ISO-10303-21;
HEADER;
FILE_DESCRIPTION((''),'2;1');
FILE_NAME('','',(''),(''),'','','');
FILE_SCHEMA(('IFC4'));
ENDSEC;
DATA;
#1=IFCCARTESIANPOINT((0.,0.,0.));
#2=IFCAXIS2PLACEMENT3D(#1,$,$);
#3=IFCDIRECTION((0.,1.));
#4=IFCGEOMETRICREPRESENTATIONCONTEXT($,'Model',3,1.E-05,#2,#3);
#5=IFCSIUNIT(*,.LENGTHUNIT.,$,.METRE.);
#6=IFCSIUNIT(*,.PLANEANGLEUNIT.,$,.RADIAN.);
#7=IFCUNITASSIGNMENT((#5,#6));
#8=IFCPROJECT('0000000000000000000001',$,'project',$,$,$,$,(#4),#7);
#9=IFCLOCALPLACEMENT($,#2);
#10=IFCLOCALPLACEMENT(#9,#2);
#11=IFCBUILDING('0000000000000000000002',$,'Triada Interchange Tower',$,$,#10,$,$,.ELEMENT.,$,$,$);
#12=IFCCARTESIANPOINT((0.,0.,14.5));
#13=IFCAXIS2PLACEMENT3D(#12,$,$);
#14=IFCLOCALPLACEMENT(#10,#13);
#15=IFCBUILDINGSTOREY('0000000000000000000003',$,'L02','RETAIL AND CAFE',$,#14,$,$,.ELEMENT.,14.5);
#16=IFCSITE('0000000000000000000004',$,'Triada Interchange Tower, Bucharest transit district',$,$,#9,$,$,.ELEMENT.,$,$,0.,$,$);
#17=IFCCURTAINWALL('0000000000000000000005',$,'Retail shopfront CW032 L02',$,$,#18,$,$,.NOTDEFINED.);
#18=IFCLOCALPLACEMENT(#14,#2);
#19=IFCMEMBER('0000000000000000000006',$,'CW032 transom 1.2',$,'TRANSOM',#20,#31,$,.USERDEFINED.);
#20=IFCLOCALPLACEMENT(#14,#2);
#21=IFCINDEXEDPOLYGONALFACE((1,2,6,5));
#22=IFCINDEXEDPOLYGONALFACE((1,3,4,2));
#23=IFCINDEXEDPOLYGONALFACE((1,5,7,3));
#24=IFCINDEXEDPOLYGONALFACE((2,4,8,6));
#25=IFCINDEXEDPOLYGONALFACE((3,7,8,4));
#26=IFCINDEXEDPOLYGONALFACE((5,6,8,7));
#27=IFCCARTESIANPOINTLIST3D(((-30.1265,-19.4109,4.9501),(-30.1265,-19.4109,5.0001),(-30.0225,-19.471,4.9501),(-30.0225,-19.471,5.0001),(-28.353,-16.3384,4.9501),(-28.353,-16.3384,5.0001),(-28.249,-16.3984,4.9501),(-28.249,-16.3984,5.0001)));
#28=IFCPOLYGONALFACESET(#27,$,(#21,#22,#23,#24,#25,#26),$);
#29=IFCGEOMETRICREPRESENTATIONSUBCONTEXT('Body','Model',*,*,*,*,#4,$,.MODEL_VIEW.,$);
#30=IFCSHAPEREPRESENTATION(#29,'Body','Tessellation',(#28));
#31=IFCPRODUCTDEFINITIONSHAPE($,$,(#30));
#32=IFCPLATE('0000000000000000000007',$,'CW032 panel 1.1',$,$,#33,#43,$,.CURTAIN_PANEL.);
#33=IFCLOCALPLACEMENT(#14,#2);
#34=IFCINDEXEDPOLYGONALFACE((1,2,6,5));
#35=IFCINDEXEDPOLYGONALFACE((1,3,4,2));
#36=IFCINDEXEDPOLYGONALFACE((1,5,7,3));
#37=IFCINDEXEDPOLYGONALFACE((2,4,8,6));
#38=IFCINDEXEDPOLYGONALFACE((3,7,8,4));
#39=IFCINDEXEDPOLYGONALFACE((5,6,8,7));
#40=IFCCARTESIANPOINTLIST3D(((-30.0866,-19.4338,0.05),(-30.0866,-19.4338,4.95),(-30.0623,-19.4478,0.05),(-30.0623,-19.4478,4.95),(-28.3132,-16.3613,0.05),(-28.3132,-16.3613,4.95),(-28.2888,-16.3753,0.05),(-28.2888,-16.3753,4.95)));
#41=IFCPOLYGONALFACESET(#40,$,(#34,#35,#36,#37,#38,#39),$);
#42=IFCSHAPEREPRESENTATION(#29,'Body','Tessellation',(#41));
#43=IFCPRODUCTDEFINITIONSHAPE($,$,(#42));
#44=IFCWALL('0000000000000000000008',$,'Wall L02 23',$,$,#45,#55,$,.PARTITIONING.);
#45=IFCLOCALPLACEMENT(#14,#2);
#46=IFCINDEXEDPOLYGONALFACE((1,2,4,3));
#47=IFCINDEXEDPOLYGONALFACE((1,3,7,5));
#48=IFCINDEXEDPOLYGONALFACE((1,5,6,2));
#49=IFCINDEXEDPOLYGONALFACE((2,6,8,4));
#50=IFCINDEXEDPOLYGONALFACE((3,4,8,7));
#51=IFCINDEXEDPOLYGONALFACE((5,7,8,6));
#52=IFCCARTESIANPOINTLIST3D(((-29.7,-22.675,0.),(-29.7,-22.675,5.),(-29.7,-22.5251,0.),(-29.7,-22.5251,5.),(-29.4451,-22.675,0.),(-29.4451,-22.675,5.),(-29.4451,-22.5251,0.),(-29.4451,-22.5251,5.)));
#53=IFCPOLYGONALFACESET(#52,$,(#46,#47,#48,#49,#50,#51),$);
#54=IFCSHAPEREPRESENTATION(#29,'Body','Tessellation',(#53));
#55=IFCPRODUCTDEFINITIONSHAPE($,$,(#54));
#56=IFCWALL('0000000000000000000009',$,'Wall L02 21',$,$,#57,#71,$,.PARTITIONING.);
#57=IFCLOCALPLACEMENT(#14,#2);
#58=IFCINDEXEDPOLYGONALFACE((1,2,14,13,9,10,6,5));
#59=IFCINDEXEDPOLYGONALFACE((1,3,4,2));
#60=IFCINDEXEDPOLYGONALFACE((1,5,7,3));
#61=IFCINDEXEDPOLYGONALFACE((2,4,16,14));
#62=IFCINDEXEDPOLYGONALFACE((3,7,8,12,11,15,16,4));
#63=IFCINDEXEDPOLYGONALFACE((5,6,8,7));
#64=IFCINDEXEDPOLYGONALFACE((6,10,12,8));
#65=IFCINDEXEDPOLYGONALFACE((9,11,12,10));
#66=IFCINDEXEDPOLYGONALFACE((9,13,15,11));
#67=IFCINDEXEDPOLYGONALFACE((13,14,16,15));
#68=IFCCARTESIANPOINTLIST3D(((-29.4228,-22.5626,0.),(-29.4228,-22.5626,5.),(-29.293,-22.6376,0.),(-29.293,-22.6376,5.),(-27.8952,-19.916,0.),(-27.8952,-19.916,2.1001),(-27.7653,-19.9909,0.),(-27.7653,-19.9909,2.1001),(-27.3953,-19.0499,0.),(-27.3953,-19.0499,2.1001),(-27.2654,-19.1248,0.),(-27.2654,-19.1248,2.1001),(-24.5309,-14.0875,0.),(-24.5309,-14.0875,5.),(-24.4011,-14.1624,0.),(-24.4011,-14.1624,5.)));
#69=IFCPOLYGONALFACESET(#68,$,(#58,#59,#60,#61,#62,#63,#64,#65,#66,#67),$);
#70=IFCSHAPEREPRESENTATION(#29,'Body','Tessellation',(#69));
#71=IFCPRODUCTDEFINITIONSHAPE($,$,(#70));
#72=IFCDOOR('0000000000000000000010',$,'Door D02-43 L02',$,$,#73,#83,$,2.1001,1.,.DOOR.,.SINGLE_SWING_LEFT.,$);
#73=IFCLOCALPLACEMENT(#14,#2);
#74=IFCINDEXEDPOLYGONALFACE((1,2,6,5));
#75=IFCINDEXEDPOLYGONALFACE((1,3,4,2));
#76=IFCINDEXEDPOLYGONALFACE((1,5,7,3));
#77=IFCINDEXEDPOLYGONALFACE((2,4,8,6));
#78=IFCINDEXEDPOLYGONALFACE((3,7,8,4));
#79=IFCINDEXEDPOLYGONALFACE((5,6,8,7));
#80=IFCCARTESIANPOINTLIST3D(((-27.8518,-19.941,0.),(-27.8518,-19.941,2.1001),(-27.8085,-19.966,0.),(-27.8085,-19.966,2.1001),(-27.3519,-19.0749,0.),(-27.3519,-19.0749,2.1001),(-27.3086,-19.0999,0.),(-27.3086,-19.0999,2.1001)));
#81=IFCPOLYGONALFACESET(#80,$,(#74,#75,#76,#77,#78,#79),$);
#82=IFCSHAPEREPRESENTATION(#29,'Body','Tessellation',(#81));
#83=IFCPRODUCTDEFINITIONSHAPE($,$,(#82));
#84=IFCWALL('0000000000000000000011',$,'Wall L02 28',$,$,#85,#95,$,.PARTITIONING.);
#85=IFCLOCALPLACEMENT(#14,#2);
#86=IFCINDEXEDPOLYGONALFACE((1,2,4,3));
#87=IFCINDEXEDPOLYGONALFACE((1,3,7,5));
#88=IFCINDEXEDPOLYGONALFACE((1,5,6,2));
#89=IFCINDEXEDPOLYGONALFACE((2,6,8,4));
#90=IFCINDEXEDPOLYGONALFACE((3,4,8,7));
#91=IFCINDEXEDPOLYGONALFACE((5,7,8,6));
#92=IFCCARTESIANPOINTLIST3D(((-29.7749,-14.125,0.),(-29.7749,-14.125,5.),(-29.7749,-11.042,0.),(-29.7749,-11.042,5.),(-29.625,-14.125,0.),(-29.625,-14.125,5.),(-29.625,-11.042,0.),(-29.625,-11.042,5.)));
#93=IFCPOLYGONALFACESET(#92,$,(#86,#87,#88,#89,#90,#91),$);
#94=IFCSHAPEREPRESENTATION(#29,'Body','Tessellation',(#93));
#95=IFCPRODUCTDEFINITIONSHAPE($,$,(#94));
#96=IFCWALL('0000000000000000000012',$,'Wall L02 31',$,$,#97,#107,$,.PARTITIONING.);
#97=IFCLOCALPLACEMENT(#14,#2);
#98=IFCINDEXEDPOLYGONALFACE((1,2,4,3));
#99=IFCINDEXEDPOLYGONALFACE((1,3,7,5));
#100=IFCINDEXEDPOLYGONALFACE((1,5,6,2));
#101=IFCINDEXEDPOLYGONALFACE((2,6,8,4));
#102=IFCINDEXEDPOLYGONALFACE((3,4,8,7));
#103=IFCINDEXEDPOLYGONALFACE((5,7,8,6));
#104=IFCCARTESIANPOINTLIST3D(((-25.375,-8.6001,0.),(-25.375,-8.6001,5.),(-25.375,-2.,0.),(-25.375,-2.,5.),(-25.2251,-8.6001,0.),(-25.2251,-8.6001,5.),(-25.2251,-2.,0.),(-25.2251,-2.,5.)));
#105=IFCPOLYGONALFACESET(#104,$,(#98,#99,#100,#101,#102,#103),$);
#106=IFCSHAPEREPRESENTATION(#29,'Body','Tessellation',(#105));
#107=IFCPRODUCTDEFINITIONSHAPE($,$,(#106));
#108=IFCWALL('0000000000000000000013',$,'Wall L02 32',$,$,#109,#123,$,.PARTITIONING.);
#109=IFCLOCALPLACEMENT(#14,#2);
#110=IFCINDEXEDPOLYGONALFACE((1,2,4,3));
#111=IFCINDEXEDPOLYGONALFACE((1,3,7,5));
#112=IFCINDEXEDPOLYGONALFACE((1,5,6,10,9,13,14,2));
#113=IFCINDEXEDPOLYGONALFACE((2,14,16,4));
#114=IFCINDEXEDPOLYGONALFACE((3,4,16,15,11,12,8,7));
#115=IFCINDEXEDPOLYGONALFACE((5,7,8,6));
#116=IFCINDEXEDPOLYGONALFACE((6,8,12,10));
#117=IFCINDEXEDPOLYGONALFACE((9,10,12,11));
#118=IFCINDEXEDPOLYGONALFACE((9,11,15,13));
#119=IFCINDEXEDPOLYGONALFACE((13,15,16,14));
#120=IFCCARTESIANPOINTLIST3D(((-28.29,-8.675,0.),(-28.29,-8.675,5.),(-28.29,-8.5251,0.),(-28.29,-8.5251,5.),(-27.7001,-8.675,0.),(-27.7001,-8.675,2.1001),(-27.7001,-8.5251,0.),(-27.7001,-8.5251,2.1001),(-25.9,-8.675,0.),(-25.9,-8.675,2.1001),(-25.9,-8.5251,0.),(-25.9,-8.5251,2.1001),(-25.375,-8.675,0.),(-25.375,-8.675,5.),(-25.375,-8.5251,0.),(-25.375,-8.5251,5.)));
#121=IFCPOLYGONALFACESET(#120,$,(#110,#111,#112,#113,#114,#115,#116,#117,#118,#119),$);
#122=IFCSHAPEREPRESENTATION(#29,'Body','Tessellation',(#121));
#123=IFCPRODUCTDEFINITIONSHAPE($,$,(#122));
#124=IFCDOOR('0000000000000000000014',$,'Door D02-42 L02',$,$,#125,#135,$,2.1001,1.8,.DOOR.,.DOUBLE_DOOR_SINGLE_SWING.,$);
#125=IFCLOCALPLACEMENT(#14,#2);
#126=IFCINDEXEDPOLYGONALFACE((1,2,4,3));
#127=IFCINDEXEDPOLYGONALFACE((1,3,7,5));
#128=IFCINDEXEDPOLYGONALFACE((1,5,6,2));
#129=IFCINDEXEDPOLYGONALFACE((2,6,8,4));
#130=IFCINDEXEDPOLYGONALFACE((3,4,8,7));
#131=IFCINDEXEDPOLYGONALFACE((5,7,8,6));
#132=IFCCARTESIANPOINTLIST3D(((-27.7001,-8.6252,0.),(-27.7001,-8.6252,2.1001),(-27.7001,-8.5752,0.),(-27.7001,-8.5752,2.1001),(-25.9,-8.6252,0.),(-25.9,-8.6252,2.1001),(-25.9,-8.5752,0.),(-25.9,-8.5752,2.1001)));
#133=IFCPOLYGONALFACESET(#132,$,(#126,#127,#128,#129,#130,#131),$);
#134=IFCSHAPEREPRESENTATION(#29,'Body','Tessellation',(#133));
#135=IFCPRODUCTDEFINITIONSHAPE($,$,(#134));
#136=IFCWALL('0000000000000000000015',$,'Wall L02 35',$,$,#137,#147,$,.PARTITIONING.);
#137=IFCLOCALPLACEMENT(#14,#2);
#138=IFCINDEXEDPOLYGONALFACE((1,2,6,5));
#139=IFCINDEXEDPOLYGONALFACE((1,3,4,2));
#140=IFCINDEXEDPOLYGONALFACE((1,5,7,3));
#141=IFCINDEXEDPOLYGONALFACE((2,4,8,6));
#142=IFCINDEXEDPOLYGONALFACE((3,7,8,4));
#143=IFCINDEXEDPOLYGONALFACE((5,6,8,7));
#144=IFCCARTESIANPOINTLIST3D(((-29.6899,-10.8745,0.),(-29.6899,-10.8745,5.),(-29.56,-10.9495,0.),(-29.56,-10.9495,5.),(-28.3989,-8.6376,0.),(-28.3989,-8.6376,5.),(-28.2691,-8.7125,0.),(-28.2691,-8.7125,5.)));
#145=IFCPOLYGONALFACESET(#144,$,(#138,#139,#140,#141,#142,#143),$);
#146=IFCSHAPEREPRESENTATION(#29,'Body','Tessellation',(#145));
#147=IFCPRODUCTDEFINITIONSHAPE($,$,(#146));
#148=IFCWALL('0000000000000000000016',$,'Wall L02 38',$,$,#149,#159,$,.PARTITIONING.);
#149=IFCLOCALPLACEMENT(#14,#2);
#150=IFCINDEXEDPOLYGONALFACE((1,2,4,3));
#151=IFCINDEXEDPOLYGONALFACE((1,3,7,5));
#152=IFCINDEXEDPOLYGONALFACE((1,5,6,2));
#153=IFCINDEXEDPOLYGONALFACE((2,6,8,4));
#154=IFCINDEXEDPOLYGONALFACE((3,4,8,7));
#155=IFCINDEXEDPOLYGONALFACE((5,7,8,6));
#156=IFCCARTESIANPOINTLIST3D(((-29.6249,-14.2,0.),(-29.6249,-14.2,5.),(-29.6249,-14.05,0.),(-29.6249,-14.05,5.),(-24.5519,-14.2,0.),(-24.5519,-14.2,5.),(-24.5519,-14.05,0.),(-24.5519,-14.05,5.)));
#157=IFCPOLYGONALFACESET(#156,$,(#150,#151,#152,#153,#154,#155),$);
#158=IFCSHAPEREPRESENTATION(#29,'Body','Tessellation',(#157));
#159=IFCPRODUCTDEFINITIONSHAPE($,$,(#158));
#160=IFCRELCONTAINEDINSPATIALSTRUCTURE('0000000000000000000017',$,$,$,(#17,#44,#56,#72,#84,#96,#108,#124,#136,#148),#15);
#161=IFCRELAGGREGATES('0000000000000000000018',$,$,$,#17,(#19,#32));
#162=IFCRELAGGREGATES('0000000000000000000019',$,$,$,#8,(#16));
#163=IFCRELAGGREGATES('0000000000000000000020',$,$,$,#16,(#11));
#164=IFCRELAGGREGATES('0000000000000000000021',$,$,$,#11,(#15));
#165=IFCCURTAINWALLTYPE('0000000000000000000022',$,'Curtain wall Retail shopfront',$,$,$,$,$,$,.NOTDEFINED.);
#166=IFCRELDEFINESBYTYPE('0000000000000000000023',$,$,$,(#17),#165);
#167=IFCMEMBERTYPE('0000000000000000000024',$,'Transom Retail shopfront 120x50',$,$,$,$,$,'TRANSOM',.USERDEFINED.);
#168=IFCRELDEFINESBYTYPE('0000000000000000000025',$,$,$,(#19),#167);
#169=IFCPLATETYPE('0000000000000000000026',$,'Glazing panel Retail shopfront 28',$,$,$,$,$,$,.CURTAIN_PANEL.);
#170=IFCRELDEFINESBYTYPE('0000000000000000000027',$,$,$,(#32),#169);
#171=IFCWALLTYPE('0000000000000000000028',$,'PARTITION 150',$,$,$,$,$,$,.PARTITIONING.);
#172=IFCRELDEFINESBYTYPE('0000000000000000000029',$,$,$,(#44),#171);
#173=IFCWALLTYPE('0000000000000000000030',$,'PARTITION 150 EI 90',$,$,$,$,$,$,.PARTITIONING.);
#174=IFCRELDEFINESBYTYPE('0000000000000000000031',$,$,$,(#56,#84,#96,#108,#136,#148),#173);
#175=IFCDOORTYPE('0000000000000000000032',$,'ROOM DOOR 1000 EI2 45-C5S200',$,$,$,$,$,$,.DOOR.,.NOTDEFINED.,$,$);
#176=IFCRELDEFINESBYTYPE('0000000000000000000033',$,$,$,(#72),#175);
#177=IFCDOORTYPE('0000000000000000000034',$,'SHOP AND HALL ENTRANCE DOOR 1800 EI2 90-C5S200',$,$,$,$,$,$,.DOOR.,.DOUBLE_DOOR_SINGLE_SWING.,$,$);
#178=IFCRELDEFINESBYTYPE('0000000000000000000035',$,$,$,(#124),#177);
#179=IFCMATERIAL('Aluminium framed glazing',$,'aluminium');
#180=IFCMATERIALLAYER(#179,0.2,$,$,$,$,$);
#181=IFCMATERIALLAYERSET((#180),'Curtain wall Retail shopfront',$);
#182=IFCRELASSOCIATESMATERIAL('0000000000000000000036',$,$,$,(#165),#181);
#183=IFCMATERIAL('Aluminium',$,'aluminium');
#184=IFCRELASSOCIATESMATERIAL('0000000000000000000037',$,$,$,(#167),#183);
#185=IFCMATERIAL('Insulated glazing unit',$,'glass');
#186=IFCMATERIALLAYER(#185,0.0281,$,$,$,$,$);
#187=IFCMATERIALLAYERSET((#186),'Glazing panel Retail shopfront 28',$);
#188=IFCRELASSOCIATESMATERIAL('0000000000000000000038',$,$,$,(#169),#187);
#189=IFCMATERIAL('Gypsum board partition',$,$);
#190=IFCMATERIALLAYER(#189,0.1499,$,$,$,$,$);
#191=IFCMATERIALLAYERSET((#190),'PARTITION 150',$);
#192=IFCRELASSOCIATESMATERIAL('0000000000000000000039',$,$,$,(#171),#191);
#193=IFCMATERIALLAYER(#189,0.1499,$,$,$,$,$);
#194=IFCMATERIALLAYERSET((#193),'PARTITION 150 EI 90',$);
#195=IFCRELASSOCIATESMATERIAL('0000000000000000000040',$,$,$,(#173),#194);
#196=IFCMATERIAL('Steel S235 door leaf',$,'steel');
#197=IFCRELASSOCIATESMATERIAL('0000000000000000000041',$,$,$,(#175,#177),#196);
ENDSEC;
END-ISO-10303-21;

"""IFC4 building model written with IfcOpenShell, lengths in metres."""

from ifc_helpers import new_model, si_unit, direction, frame, frame_2d, origin, origin_2d, place, context, subcontext, project, spatial, rectangle, extrude, material, layer, layer_set, material_profile, profile_set, type_object, element, fill, aggregate, save


model = new_model("IFC4")

# Units and contexts
model_context = context("Model", 3, precision=1e-05, world=origin(), true_north=direction((0.0, 1.0)))
body_context = subcontext(model_context, "Body", "Model", "MODEL_VIEW")
ifc_project = project(units=[si_unit("LENGTHUNIT", "METRE"), si_unit("PLANEANGLEUNIT", "RADIAN")], contexts=[model_context])

# Site, building, storey
site_placement = place(None, origin())
site = spatial("IfcSite", under=ifc_project, at=site_placement, Name="Triada Interchange Tower, Bucharest transit district", CompositionType="ELEMENT", RefElevation=0.0)
building_placement = place(site_placement, origin())
building = spatial("IfcBuilding", under=site, at=building_placement, Name="Triada Interchange Tower", CompositionType="ELEMENT")
storey_placement = place(building_placement, frame((0.0, 0.0, 14.5)))
storey = spatial("IfcBuildingStorey", under=building, at=storey_placement, Name="L02", Description="RETAIL AND CAFE", CompositionType="ELEMENT", Elevation=14.5)

# Curtain wall
ifc_material_1 = material(Name="Aluminium framed glazing", Category="aluminium")
ifc_layer_1 = layer(ifc_material_1, 0.2)
ifc_layer_set_1 = layer_set([ifc_layer_1], Name="Curtain wall Retail shopfront")
curtain_wall_type = type_object("IfcCurtainWallType", Name="Curtain wall Retail shopfront", PredefinedType="NOTDEFINED", material=ifc_layer_set_1)
ifc_material_2 = material(Name="Aluminium", Category="aluminium")
curtain_wall_1_placement = place(storey_placement, origin())
curtain_wall_1 = element("IfcCurtainWall", 1, at=curtain_wall_1_placement, inside=storey, type_object=curtain_wall_type, Name="Retail shopfront CW032 L02", PredefinedType="NOTDEFINED")

# Member
ifc_material_profile_1 = material_profile(ifc_material_2, rectangle(XDim=0.1201, YDim=0.05, at=origin_2d()), Name="Aluminium transom")
ifc_profile_set_1 = profile_set([ifc_material_profile_1], Name="Aluminium")
member_type_1 = type_object("IfcMemberType", Name="Transom Retail shopfront 120x50", ElementType="TRANSOM", PredefinedType="USERDEFINED", material=ifc_profile_set_1)
member_1_placement = place(storey_placement, frame((-28.301, -16.3684, 4.9751), z_axis=(-0.499899, -0.866084, 0.0), x_axis=(0.866084, -0.499899, 0.0)))
member_1 = element("IfcMember", 2, at=member_1_placement, type_object=member_type_1, Name="CW032 transom 1.2", ObjectType="TRANSOM", PredefinedType="USERDEFINED", context=body_context, shape_type="SweptSolid", body=[
    extrude(rectangle(XDim=0.1201, YDim=0.05, at=origin_2d()), origin(), (0.0, 0.0, 1.0), 3.5476),
])

# Plate
ifc_material_3 = material(Name="Insulated glazing unit", Category="glass")
ifc_layer_2 = layer(ifc_material_3, 0.0281)
ifc_layer_set_2 = layer_set([ifc_layer_2], Name="Glazing panel Retail shopfront 28")
plate_type = type_object("IfcPlateType", Name="Glazing panel Retail shopfront 28", PredefinedType="CURTAIN_PANEL", material=ifc_layer_set_2)
plate_placement = place(storey_placement, frame((-29.1877, -17.9045, 0.05), z_axis=(0.0, 0.0, 1.0), x_axis=(-0.49991, -0.866078, 0.0)))
plate = element("IfcPlate", 3, at=plate_placement, type_object=plate_type, Name="CW032 panel 1.1", PredefinedType="CURTAIN_PANEL", context=body_context, shape_type="SweptSolid", body=[
    extrude(rectangle(XDim=3.5476, YDim=0.0281, at=origin_2d()), origin(), (0.0, 0.0, 1.0), 4.8999),
])
aggregate(curtain_wall_1, [member_1, plate])

# Wall
ifc_material_4 = material(Name="Gypsum board partition")
ifc_layer_3 = layer(ifc_material_4, 0.1499)
ifc_layer_set_3 = layer_set([ifc_layer_3], Name="PARTITION 150")
wall_type_1 = type_object("IfcWallType", Name="PARTITION 150", PredefinedType="PARTITIONING", material=ifc_layer_set_3)
wall_1_placement = place(storey_placement, frame((-29.7, -22.6001, 0.0), z_axis=(0.0, 0.0, 1.0), x_axis=(1.0, 0.0, 0.0)))
element("IfcWall", 4, at=wall_1_placement, inside=storey, type_object=wall_type_1, Name="Wall L02 23", PredefinedType="PARTITIONING", context=body_context, shape_type="SweptSolid", body=[
    extrude(rectangle(XDim=0.2549, YDim=0.1499, at=frame_2d((0.1274, 0.0))), origin(), (0.0, 0.0, 1.0), 5.0),
])

# Wall, opening, door
ifc_layer_4 = layer(ifc_material_4, 0.1499)
ifc_layer_set_4 = layer_set([ifc_layer_4], Name="PARTITION 150 EI 90")
wall_type_2 = type_object("IfcWallType", Name="PARTITION 150 EI 90", PredefinedType="PARTITIONING", material=ifc_layer_set_4)
wall_2_placement = place(storey_placement, frame((-29.3579, -22.6001, 0.0), z_axis=(0.0, 0.0, 1.0), x_axis=(0.499904, 0.866081, 0.0)))
wall_2 = element("IfcWall", 5, at=wall_2_placement, inside=storey, type_object=wall_type_2, Name="Wall L02 21", PredefinedType="PARTITIONING", context=body_context, shape_type="SweptSolid", body=[
    extrude(rectangle(XDim=9.7856, YDim=0.1499, at=frame_2d((4.8928, 0.0))), origin(), (0.0, 0.0, 1.0), 5.0),
])
opening_1_placement = place(wall_2_placement, frame((3.0559, 0.0, 0.0)))
opening_1 = element("IfcOpeningElement", 6, at=opening_1_placement, cuts=wall_2, PredefinedType="OPENING", context=body_context, shape_type="SweptSolid", body=[
    extrude(rectangle(XDim=1.0, YDim=2.1001, at=frame_2d((0.5, 1.05))), frame((0.0, 0.085, 0.0), z_axis=(0.0, -1.0, 0.0), x_axis=(1.0, 0.0, 0.0)), (0.0, 0.0, 1.0), 0.1699),
])
ifc_material_5 = material(Name="Steel S235 door leaf", Category="steel")
door_type_1 = type_object("IfcDoorType", Name="ROOM DOOR 1000 EI2 45-C5S200", OperationType="NOTDEFINED", PredefinedType="DOOR", material=ifc_material_5)
door_1_placement = place(opening_1_placement, origin())
door_1 = element("IfcDoor", 7, at=door_1_placement, inside=storey, type_object=door_type_1, Name="Door D02-43 L02", OperationType="SINGLE_SWING_LEFT", OverallHeight=2.1001, OverallWidth=1.0, PredefinedType="DOOR", context=body_context, shape_type="SweptSolid", body=[
    extrude(rectangle(XDim=1.0, YDim=2.1001, at=frame_2d((0.5, 1.05))), frame((0.0, 0.0249, 0.0), z_axis=(0.0, -1.0, 0.0), x_axis=(1.0, 0.0, 0.0)), (0.0, 0.0, 1.0), 0.05),
])
fill(opening_1, door_1)

# Walls
wall_3_placement = place(storey_placement, frame((-29.7, -14.125, 0.0), z_axis=(0.0, 0.0, 1.0), x_axis=(0.0, 1.0, 0.0)))
element("IfcWall", 8, at=wall_3_placement, inside=storey, type_object=wall_type_2, Name="Wall L02 28", PredefinedType="PARTITIONING", context=body_context, shape_type="SweptSolid", body=[
    extrude(rectangle(XDim=3.083, YDim=0.1499, at=frame_2d((1.5415, 0.0))), origin(), (0.0, 0.0, 1.0), 5.0),
])
wall_4_placement = place(storey_placement, frame((-25.3, -8.6001, 0.0), z_axis=(0.0, 0.0, 1.0), x_axis=(0.0, 1.0, 0.0)))
element("IfcWall", 9, at=wall_4_placement, inside=storey, type_object=wall_type_2, Name="Wall L02 31", PredefinedType="PARTITIONING", context=body_context, shape_type="SweptSolid", body=[
    extrude(rectangle(XDim=6.6001, YDim=0.1499, at=frame_2d((3.3, 0.0))), origin(), (0.0, 0.0, 1.0), 5.0),
])

# Wall, opening, door
wall_5_placement = place(storey_placement, frame((-28.29, -8.6001, 0.0), z_axis=(0.0, 0.0, 1.0), x_axis=(1.0, 0.0, 0.0)))
wall_5 = element("IfcWall", 10, at=wall_5_placement, inside=storey, type_object=wall_type_2, Name="Wall L02 32", PredefinedType="PARTITIONING", context=body_context, shape_type="SweptSolid", body=[
    extrude(rectangle(XDim=2.915, YDim=0.1499, at=frame_2d((1.4575, 0.0))), origin(), (0.0, 0.0, 1.0), 5.0),
])
opening_2_placement = place(wall_5_placement, frame((0.5901, 0.0, 0.0)))
opening_2 = element("IfcOpeningElement", 11, at=opening_2_placement, cuts=wall_5, PredefinedType="OPENING", context=body_context, shape_type="SweptSolid", body=[
    extrude(rectangle(XDim=1.8, YDim=2.1001, at=frame_2d((0.8999, 1.05))), frame((0.0, 0.085, 0.0), z_axis=(0.0, -1.0, 0.0), x_axis=(1.0, 0.0, 0.0)), (0.0, 0.0, 1.0), 0.1699),
])
door_type_2 = type_object("IfcDoorType", Name="SHOP AND HALL ENTRANCE DOOR 1800 EI2 90-C5S200", OperationType="DOUBLE_DOOR_SINGLE_SWING", PredefinedType="DOOR", material=ifc_material_5)
door_2_placement = place(opening_2_placement, origin())
door_2 = element("IfcDoor", 12, at=door_2_placement, inside=storey, type_object=door_type_2, Name="Door D02-42 L02", OperationType="DOUBLE_DOOR_SINGLE_SWING", OverallHeight=2.1001, OverallWidth=1.8, PredefinedType="DOOR", context=body_context, shape_type="SweptSolid", body=[
    extrude(rectangle(XDim=1.8, YDim=2.1001, at=frame_2d((0.8999, 1.05))), frame((0.0, 0.0249, 0.0), z_axis=(0.0, -1.0, 0.0), x_axis=(1.0, 0.0, 0.0)), (0.0, 0.0, 1.0), 0.05),
])
fill(opening_2, door_2)

# Walls
wall_6_placement = place(storey_placement, frame((-29.625, -10.9121, 0.0), z_axis=(0.0, 0.0, 1.0), x_axis=(0.49984, 0.866118, 0.0)))
element("IfcWall", 13, at=wall_6_placement, inside=storey, type_object=wall_type_2, Name="Wall L02 35", PredefinedType="PARTITIONING", context=body_context, shape_type="SweptSolid", body=[
    extrude(rectangle(XDim=2.5828, YDim=0.1499, at=frame_2d((1.2915, 0.0))), origin(), (0.0, 0.0, 1.0), 5.0),
])
wall_7_placement = place(storey_placement, frame((-29.625, -14.125, 0.0), z_axis=(0.0, 0.0, 1.0), x_axis=(1.0, 0.0, 0.0)))
element("IfcWall", 14, at=wall_7_placement, inside=storey, type_object=wall_type_2, Name="Wall L02 38", PredefinedType="PARTITIONING", context=body_context, shape_type="SweptSolid", body=[
    extrude(rectangle(XDim=5.073, YDim=0.1499, at=frame_2d((2.5366, 0.0))), origin(), (0.0, 0.0, 1.0), 5.0),
])

save(model, "model.ifc")
